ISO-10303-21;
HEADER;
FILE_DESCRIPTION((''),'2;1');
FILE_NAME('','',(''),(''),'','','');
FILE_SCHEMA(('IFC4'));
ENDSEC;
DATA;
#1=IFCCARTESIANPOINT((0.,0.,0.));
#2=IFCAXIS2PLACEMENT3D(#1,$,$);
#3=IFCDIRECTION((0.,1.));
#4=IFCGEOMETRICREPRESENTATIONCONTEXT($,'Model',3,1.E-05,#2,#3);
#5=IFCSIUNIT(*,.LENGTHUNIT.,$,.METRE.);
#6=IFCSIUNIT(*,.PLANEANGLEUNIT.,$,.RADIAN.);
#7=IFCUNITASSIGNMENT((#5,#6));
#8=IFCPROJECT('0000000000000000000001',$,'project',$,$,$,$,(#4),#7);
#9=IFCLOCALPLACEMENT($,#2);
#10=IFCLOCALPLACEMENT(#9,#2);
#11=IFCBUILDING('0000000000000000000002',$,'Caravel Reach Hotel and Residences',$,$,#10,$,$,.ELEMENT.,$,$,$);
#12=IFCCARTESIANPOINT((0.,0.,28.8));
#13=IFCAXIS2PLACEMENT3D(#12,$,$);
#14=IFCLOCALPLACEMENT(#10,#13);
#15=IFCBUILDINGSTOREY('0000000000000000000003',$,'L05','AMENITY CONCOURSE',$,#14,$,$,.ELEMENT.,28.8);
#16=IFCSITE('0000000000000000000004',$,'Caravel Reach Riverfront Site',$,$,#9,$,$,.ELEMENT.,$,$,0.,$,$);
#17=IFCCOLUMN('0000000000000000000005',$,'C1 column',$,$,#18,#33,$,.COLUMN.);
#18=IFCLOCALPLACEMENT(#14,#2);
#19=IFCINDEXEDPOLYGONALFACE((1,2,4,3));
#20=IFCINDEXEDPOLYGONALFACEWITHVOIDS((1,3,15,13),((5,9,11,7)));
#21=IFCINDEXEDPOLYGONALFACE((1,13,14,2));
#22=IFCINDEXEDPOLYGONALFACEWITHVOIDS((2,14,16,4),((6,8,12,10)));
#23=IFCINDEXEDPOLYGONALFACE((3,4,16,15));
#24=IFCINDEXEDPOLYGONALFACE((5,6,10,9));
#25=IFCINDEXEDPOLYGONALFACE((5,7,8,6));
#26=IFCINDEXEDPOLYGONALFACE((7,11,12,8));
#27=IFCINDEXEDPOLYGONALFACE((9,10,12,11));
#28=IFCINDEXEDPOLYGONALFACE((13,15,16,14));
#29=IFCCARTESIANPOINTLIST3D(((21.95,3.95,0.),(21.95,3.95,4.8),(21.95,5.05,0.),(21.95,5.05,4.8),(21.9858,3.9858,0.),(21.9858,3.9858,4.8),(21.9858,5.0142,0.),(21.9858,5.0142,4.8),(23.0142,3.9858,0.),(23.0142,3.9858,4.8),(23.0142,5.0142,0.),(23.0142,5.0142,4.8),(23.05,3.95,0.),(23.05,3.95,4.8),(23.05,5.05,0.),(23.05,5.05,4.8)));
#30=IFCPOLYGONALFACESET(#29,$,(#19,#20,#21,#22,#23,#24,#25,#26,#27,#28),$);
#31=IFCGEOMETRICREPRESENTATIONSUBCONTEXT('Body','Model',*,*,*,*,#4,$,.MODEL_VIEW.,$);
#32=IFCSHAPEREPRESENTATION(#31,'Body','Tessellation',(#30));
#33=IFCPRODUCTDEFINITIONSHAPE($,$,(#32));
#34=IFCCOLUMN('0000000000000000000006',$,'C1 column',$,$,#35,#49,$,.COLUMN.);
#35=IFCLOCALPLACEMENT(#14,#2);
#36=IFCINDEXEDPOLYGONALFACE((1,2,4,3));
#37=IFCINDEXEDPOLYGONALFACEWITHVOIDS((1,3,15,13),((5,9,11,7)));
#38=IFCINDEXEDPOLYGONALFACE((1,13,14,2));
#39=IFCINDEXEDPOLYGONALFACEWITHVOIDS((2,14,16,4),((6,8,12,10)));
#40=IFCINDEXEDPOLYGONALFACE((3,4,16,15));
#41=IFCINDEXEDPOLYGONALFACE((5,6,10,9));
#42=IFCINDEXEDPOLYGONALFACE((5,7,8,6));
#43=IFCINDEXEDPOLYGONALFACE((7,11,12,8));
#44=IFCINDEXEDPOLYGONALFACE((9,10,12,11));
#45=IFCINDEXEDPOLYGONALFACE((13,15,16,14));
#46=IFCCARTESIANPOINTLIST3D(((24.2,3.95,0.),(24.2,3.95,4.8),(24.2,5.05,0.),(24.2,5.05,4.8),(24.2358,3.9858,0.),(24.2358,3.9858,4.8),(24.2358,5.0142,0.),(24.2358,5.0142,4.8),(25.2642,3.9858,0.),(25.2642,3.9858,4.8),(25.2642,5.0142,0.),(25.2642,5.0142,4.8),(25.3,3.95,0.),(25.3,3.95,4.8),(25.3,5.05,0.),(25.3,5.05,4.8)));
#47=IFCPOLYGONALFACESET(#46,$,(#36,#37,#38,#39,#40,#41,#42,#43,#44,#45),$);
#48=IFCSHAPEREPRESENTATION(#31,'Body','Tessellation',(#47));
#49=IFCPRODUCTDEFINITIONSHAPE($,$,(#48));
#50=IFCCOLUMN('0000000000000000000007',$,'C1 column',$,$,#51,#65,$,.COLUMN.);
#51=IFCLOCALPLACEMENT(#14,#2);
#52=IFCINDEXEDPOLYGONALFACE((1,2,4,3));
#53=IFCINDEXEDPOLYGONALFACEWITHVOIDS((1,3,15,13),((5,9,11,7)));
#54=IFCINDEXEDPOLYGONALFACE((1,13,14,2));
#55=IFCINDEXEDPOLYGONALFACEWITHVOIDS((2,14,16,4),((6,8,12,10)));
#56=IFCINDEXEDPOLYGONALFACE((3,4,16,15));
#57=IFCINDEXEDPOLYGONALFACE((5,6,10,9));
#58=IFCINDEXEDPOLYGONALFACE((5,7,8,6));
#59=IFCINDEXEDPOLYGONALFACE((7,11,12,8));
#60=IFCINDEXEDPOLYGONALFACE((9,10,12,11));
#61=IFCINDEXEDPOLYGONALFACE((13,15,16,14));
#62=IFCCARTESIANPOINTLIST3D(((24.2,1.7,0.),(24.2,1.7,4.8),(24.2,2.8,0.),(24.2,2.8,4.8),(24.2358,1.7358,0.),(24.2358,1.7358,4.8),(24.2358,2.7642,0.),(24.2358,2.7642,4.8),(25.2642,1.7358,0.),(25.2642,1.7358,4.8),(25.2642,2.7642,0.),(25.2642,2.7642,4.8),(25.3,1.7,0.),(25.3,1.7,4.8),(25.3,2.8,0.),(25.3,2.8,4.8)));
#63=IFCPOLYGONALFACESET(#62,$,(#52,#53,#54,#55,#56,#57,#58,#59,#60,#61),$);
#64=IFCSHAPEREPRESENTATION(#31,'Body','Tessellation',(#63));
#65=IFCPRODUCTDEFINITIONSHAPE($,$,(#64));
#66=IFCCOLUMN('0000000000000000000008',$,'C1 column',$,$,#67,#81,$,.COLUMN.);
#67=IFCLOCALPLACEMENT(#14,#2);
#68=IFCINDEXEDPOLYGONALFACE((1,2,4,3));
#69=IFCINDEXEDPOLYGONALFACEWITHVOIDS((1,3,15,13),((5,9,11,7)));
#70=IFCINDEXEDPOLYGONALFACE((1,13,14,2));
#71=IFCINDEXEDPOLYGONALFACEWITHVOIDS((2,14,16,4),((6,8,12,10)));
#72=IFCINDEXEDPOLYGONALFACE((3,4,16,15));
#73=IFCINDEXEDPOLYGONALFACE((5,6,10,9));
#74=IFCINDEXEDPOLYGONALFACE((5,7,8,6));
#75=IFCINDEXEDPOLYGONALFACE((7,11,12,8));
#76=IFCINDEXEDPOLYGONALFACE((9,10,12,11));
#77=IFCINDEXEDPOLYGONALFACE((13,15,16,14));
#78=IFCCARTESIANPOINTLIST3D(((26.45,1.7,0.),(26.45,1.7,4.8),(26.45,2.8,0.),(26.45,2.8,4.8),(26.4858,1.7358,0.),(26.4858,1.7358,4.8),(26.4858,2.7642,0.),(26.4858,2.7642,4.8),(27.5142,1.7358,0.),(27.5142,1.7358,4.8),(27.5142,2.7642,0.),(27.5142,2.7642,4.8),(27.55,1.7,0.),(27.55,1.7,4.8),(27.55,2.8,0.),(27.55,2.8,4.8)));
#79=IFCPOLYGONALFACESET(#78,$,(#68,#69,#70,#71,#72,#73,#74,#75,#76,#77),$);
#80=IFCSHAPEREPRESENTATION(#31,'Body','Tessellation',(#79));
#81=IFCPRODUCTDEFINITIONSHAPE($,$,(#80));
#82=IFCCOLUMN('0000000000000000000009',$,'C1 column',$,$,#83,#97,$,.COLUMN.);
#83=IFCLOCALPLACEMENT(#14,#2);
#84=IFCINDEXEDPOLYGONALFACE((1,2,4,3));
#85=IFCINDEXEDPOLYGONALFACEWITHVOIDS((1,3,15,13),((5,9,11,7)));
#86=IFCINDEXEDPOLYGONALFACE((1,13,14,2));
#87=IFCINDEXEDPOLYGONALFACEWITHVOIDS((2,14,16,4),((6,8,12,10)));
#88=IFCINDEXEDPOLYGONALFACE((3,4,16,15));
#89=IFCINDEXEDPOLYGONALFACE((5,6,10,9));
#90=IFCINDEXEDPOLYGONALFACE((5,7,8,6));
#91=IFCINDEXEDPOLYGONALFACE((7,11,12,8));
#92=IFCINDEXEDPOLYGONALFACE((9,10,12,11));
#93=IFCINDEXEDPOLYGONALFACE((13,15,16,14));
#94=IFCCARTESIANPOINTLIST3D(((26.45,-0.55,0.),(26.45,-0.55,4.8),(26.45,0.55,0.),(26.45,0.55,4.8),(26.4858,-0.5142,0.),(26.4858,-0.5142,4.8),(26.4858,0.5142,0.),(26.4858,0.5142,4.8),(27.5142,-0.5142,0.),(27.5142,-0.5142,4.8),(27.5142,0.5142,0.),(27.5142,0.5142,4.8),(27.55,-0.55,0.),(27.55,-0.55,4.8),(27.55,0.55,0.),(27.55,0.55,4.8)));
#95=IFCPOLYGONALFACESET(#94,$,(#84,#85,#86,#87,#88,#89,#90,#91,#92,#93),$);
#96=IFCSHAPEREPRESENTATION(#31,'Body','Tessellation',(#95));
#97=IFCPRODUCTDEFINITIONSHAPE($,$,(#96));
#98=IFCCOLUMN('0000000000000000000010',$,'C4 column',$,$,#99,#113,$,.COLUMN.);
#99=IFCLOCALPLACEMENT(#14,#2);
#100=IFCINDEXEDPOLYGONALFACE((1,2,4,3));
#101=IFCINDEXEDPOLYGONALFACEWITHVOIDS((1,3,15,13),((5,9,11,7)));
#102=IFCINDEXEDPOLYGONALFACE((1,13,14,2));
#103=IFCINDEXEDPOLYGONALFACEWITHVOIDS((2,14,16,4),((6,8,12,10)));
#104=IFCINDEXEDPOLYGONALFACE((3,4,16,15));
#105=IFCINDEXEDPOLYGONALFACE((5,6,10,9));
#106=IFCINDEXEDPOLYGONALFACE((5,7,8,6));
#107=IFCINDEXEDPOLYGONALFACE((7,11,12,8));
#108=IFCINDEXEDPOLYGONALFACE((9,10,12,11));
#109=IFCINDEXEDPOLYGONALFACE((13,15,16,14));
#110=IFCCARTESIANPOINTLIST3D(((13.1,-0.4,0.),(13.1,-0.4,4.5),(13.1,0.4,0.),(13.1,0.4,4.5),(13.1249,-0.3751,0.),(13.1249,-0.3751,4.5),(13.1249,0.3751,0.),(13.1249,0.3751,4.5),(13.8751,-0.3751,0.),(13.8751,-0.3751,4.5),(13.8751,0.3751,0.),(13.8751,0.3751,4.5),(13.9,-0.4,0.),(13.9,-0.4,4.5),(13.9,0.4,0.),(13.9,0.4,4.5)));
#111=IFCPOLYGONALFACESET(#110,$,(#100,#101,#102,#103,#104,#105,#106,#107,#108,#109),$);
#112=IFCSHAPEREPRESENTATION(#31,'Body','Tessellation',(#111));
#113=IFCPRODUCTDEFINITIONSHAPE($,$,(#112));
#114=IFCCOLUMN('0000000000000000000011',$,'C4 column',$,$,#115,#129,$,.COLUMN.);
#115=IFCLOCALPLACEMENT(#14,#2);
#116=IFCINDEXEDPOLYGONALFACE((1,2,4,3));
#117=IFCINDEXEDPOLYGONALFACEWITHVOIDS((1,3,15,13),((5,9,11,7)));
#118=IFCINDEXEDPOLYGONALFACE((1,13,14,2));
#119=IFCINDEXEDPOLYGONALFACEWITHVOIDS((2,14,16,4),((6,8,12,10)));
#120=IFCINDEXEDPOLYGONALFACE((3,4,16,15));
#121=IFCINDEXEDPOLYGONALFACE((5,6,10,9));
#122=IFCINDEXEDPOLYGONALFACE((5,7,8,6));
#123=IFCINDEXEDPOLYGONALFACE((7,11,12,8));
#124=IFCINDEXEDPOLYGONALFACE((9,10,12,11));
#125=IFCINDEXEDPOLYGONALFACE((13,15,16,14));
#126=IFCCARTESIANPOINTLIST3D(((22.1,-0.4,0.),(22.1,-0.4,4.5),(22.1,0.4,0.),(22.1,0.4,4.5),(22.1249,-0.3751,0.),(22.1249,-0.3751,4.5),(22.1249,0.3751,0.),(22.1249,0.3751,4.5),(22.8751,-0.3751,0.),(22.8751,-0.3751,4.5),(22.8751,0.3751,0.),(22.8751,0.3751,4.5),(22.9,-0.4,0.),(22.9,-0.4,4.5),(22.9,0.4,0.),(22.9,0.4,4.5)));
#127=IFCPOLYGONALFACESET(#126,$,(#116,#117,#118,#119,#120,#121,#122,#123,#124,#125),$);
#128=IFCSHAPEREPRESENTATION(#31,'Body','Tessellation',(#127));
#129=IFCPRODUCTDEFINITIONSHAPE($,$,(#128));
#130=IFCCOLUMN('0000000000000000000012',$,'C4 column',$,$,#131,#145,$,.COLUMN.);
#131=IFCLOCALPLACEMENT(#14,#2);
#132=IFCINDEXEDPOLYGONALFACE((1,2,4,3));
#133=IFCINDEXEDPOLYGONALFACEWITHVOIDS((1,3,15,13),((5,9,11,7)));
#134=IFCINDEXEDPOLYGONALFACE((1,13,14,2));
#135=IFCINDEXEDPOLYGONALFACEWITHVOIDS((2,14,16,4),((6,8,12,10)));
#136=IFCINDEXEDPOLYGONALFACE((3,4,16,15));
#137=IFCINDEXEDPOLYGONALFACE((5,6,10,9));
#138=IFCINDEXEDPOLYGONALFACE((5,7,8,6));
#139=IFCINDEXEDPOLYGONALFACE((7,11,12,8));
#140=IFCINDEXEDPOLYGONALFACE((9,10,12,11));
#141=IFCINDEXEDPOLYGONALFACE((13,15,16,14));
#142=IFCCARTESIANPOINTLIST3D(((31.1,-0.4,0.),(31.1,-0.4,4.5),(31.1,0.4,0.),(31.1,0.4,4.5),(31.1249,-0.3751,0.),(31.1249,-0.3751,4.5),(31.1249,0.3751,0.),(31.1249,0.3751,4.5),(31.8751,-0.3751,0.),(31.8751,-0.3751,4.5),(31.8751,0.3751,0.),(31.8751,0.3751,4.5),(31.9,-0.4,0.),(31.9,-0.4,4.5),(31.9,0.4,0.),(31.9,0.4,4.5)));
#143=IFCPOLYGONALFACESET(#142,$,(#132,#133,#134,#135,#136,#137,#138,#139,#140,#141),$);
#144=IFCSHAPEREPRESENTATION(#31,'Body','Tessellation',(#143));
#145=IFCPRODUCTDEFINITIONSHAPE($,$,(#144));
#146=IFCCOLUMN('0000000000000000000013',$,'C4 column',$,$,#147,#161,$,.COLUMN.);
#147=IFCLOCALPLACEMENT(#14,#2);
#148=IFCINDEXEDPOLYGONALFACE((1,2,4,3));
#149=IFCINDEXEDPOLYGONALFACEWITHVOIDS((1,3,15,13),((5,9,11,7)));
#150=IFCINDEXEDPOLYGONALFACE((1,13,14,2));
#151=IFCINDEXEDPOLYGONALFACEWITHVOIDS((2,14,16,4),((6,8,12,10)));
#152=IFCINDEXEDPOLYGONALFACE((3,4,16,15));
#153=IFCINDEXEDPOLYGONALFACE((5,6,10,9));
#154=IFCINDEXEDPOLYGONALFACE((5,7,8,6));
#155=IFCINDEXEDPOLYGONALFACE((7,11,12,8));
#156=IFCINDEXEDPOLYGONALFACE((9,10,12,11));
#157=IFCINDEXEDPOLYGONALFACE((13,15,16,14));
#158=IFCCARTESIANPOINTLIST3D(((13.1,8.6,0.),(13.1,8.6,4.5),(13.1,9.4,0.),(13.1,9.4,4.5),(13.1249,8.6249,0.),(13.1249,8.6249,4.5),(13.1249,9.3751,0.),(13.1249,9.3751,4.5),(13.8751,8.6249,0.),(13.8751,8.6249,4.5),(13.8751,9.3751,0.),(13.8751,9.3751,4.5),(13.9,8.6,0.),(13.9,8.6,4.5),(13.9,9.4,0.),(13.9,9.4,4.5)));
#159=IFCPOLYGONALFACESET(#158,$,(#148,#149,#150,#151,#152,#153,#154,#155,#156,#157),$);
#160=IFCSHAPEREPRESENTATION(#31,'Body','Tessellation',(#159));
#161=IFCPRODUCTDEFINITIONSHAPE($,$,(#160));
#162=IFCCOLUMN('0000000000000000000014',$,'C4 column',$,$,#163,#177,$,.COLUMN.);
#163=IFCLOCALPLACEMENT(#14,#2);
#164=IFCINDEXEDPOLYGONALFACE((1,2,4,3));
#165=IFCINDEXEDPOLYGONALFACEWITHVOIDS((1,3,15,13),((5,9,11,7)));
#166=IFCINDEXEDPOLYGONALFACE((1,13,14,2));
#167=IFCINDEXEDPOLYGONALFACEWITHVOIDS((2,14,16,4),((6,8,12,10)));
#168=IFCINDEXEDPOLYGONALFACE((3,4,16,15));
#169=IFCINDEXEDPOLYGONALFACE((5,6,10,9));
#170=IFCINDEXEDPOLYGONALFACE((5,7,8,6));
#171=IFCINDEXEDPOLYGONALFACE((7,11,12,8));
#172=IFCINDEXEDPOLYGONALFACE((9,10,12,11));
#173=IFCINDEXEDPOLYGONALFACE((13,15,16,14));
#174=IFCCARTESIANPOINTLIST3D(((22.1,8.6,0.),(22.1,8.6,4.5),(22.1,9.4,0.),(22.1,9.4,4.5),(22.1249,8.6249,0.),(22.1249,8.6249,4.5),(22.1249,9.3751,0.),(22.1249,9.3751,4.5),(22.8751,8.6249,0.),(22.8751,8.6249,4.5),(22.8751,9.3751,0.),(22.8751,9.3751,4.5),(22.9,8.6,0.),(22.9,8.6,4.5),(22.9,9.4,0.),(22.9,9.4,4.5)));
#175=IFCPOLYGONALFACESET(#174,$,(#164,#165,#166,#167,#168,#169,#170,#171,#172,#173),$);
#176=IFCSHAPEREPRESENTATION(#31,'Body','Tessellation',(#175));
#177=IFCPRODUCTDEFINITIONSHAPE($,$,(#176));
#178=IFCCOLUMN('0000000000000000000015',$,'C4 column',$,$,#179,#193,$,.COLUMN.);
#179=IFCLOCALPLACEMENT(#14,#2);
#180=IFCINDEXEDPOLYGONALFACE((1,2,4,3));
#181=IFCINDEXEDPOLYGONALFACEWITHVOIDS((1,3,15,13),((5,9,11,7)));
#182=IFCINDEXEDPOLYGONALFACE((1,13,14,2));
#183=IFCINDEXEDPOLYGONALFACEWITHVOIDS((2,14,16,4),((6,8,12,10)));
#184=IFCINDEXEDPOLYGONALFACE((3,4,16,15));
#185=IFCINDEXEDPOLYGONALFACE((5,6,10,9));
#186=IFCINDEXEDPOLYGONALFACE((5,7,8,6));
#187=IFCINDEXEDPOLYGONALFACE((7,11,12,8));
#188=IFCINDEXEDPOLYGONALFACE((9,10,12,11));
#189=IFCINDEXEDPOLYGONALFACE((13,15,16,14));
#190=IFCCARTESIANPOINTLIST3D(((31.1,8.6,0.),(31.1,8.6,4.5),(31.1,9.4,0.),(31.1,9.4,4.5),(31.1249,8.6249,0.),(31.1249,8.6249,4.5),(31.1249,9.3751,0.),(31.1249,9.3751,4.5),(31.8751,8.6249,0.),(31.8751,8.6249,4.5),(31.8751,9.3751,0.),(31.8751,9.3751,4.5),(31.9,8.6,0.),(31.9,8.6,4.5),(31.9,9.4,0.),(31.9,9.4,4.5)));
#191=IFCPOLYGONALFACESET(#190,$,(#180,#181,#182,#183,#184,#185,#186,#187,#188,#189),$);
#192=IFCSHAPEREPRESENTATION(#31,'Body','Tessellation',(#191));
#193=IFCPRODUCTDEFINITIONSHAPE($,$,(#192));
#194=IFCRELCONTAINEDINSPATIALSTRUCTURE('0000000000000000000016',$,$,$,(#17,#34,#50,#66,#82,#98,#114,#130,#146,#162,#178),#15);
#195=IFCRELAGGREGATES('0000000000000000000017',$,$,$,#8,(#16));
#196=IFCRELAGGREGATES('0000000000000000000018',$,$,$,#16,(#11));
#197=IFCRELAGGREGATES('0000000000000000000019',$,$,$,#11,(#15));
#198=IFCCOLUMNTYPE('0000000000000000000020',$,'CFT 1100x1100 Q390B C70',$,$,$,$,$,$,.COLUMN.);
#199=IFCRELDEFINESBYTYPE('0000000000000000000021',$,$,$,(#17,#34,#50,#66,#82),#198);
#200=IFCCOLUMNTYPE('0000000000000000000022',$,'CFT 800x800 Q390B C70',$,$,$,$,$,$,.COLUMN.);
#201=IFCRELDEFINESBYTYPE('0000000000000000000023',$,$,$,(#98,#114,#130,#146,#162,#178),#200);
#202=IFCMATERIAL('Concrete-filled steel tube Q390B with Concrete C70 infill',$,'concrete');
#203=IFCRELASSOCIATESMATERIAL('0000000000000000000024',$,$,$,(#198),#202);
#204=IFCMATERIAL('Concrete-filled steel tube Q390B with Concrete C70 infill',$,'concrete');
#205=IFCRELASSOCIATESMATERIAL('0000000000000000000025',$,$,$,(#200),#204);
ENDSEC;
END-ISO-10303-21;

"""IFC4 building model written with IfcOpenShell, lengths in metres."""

from ifc_helpers import new_model, si_unit, direction, frame, origin, origin_2d, place, context, subcontext, project, spatial, hollow_rectangle, extrude, material, material_profile, profile_set, type_object, element, save


model = new_model("IFC4")

# Units and contexts
model_context = context("Model", 3, precision=1e-05, world=origin(), true_north=direction((0.0, 1.0)))
body_context = subcontext(model_context, "Body", "Model", "MODEL_VIEW")
ifc_project = project(units=[si_unit("LENGTHUNIT", "METRE"), si_unit("PLANEANGLEUNIT", "RADIAN")], contexts=[model_context])

# Site, building, storey
site_placement = place(None, origin())
site = spatial("IfcSite", under=ifc_project, at=site_placement, Name="Caravel Reach Riverfront Site", CompositionType="ELEMENT", RefElevation=0.0)
building_placement = place(site_placement, origin())
building = spatial("IfcBuilding", under=site, at=building_placement, Name="Caravel Reach Hotel and Residences", CompositionType="ELEMENT")
storey_placement = place(building_placement, frame((0.0, 0.0, 28.8)))
storey = spatial("IfcBuildingStorey", under=building, at=storey_placement, Name="L05", Description="AMENITY CONCOURSE", CompositionType="ELEMENT", Elevation=28.8)

# Columns
ifc_material_1 = material(Name="Concrete-filled steel tube Q390B with Concrete C70 infill", Category="concrete")
ifc_material_profile_1 = material_profile(ifc_material_1, hollow_rectangle(XDim=1.1001, YDim=1.1001, WallThickness=0.0359, at=origin_2d()), Name="RHS 1100x1100x36")
ifc_profile_set_1 = profile_set([ifc_material_profile_1], Name="Concrete-filled steel tube Q390B with Concrete C70 infill")
column_type_1 = type_object("IfcColumnType", Name="CFT 1100x1100 Q390B C70", PredefinedType="COLUMN", material=ifc_profile_set_1)
for number, where, z_axis, x_axis, name in (
    (1, (22.5, 4.5, 0.0), (0.0, 0.0, 1.0), (1.0, 0.0, 0.0), "C1 column"),
    (2, (24.75, 4.5, 0.0), (0.0, 0.0, 1.0), (1.0, 0.0, 0.0), "C1 column"),
    (3, (24.75, 2.25, 0.0), (0.0, 0.0, 1.0), (1.0, 0.0, 0.0), "C1 column"),
    (4, (27.0, 2.25, 0.0), (0.0, 0.0, 1.0), (1.0, 0.0, 0.0), "C1 column"),
    (5, (27.0, 0.0, 0.0), (0.0, 0.0, 1.0), (1.0, 0.0, 0.0), "C1 column"),
):
    element("IfcColumn", number, at=place(storey_placement, frame(where, z_axis=z_axis, x_axis=x_axis)), inside=storey, type_object=column_type_1, Name=name, PredefinedType="COLUMN", context=body_context, shape_type="SweptSolid", body=[
        extrude(hollow_rectangle(XDim=1.1001, YDim=1.1001, WallThickness=0.0359, at=origin_2d()), origin(), (0.0, 0.0, 1.0), 4.8),
    ])
ifc_material_2 = material(Name="Concrete-filled steel tube Q390B with Concrete C70 infill", Category="concrete")
ifc_material_profile_2 = material_profile(ifc_material_2, hollow_rectangle(XDim=0.8, YDim=0.8, WallThickness=0.0249, at=origin_2d()), Name="RHS 800x800x25")
ifc_profile_set_2 = profile_set([ifc_material_profile_2], Name="Concrete-filled steel tube Q390B with Concrete C70 infill")
column_type_2 = type_object("IfcColumnType", Name="CFT 800x800 Q390B C70", PredefinedType="COLUMN", material=ifc_profile_set_2)
for number, where, z_axis, x_axis, name in (
    (6, (13.5, 0.0, 0.0), (0.0, 0.0, 1.0), (1.0, 0.0, 0.0), "C4 column"),
    (7, (22.5, 0.0, 0.0), (0.0, 0.0, 1.0), (1.0, 0.0, 0.0), "C4 column"),
    (8, (31.5, 0.0, 0.0), (0.0, 0.0, 1.0), (1.0, 0.0, 0.0), "C4 column"),
    (9, (13.5, 9.0, 0.0), (0.0, 0.0, 1.0), (1.0, 0.0, 0.0), "C4 column"),
    (10, (22.5, 9.0, 0.0), (0.0, 0.0, 1.0), (1.0, 0.0, 0.0), "C4 column"),
    (11, (31.5, 9.0, 0.0), (0.0, 0.0, 1.0), (1.0, 0.0, 0.0), "C4 column"),
):
    element("IfcColumn", number, at=place(storey_placement, frame(where, z_axis=z_axis, x_axis=x_axis)), inside=storey, type_object=column_type_2, Name=name, PredefinedType="COLUMN", context=body_context, shape_type="SweptSolid", body=[
        extrude(hollow_rectangle(XDim=0.8, YDim=0.8, WallThickness=0.0249, at=origin_2d()), origin(), (0.0, 0.0, 1.0), 4.5),
    ])

save(model, "model.ifc")
